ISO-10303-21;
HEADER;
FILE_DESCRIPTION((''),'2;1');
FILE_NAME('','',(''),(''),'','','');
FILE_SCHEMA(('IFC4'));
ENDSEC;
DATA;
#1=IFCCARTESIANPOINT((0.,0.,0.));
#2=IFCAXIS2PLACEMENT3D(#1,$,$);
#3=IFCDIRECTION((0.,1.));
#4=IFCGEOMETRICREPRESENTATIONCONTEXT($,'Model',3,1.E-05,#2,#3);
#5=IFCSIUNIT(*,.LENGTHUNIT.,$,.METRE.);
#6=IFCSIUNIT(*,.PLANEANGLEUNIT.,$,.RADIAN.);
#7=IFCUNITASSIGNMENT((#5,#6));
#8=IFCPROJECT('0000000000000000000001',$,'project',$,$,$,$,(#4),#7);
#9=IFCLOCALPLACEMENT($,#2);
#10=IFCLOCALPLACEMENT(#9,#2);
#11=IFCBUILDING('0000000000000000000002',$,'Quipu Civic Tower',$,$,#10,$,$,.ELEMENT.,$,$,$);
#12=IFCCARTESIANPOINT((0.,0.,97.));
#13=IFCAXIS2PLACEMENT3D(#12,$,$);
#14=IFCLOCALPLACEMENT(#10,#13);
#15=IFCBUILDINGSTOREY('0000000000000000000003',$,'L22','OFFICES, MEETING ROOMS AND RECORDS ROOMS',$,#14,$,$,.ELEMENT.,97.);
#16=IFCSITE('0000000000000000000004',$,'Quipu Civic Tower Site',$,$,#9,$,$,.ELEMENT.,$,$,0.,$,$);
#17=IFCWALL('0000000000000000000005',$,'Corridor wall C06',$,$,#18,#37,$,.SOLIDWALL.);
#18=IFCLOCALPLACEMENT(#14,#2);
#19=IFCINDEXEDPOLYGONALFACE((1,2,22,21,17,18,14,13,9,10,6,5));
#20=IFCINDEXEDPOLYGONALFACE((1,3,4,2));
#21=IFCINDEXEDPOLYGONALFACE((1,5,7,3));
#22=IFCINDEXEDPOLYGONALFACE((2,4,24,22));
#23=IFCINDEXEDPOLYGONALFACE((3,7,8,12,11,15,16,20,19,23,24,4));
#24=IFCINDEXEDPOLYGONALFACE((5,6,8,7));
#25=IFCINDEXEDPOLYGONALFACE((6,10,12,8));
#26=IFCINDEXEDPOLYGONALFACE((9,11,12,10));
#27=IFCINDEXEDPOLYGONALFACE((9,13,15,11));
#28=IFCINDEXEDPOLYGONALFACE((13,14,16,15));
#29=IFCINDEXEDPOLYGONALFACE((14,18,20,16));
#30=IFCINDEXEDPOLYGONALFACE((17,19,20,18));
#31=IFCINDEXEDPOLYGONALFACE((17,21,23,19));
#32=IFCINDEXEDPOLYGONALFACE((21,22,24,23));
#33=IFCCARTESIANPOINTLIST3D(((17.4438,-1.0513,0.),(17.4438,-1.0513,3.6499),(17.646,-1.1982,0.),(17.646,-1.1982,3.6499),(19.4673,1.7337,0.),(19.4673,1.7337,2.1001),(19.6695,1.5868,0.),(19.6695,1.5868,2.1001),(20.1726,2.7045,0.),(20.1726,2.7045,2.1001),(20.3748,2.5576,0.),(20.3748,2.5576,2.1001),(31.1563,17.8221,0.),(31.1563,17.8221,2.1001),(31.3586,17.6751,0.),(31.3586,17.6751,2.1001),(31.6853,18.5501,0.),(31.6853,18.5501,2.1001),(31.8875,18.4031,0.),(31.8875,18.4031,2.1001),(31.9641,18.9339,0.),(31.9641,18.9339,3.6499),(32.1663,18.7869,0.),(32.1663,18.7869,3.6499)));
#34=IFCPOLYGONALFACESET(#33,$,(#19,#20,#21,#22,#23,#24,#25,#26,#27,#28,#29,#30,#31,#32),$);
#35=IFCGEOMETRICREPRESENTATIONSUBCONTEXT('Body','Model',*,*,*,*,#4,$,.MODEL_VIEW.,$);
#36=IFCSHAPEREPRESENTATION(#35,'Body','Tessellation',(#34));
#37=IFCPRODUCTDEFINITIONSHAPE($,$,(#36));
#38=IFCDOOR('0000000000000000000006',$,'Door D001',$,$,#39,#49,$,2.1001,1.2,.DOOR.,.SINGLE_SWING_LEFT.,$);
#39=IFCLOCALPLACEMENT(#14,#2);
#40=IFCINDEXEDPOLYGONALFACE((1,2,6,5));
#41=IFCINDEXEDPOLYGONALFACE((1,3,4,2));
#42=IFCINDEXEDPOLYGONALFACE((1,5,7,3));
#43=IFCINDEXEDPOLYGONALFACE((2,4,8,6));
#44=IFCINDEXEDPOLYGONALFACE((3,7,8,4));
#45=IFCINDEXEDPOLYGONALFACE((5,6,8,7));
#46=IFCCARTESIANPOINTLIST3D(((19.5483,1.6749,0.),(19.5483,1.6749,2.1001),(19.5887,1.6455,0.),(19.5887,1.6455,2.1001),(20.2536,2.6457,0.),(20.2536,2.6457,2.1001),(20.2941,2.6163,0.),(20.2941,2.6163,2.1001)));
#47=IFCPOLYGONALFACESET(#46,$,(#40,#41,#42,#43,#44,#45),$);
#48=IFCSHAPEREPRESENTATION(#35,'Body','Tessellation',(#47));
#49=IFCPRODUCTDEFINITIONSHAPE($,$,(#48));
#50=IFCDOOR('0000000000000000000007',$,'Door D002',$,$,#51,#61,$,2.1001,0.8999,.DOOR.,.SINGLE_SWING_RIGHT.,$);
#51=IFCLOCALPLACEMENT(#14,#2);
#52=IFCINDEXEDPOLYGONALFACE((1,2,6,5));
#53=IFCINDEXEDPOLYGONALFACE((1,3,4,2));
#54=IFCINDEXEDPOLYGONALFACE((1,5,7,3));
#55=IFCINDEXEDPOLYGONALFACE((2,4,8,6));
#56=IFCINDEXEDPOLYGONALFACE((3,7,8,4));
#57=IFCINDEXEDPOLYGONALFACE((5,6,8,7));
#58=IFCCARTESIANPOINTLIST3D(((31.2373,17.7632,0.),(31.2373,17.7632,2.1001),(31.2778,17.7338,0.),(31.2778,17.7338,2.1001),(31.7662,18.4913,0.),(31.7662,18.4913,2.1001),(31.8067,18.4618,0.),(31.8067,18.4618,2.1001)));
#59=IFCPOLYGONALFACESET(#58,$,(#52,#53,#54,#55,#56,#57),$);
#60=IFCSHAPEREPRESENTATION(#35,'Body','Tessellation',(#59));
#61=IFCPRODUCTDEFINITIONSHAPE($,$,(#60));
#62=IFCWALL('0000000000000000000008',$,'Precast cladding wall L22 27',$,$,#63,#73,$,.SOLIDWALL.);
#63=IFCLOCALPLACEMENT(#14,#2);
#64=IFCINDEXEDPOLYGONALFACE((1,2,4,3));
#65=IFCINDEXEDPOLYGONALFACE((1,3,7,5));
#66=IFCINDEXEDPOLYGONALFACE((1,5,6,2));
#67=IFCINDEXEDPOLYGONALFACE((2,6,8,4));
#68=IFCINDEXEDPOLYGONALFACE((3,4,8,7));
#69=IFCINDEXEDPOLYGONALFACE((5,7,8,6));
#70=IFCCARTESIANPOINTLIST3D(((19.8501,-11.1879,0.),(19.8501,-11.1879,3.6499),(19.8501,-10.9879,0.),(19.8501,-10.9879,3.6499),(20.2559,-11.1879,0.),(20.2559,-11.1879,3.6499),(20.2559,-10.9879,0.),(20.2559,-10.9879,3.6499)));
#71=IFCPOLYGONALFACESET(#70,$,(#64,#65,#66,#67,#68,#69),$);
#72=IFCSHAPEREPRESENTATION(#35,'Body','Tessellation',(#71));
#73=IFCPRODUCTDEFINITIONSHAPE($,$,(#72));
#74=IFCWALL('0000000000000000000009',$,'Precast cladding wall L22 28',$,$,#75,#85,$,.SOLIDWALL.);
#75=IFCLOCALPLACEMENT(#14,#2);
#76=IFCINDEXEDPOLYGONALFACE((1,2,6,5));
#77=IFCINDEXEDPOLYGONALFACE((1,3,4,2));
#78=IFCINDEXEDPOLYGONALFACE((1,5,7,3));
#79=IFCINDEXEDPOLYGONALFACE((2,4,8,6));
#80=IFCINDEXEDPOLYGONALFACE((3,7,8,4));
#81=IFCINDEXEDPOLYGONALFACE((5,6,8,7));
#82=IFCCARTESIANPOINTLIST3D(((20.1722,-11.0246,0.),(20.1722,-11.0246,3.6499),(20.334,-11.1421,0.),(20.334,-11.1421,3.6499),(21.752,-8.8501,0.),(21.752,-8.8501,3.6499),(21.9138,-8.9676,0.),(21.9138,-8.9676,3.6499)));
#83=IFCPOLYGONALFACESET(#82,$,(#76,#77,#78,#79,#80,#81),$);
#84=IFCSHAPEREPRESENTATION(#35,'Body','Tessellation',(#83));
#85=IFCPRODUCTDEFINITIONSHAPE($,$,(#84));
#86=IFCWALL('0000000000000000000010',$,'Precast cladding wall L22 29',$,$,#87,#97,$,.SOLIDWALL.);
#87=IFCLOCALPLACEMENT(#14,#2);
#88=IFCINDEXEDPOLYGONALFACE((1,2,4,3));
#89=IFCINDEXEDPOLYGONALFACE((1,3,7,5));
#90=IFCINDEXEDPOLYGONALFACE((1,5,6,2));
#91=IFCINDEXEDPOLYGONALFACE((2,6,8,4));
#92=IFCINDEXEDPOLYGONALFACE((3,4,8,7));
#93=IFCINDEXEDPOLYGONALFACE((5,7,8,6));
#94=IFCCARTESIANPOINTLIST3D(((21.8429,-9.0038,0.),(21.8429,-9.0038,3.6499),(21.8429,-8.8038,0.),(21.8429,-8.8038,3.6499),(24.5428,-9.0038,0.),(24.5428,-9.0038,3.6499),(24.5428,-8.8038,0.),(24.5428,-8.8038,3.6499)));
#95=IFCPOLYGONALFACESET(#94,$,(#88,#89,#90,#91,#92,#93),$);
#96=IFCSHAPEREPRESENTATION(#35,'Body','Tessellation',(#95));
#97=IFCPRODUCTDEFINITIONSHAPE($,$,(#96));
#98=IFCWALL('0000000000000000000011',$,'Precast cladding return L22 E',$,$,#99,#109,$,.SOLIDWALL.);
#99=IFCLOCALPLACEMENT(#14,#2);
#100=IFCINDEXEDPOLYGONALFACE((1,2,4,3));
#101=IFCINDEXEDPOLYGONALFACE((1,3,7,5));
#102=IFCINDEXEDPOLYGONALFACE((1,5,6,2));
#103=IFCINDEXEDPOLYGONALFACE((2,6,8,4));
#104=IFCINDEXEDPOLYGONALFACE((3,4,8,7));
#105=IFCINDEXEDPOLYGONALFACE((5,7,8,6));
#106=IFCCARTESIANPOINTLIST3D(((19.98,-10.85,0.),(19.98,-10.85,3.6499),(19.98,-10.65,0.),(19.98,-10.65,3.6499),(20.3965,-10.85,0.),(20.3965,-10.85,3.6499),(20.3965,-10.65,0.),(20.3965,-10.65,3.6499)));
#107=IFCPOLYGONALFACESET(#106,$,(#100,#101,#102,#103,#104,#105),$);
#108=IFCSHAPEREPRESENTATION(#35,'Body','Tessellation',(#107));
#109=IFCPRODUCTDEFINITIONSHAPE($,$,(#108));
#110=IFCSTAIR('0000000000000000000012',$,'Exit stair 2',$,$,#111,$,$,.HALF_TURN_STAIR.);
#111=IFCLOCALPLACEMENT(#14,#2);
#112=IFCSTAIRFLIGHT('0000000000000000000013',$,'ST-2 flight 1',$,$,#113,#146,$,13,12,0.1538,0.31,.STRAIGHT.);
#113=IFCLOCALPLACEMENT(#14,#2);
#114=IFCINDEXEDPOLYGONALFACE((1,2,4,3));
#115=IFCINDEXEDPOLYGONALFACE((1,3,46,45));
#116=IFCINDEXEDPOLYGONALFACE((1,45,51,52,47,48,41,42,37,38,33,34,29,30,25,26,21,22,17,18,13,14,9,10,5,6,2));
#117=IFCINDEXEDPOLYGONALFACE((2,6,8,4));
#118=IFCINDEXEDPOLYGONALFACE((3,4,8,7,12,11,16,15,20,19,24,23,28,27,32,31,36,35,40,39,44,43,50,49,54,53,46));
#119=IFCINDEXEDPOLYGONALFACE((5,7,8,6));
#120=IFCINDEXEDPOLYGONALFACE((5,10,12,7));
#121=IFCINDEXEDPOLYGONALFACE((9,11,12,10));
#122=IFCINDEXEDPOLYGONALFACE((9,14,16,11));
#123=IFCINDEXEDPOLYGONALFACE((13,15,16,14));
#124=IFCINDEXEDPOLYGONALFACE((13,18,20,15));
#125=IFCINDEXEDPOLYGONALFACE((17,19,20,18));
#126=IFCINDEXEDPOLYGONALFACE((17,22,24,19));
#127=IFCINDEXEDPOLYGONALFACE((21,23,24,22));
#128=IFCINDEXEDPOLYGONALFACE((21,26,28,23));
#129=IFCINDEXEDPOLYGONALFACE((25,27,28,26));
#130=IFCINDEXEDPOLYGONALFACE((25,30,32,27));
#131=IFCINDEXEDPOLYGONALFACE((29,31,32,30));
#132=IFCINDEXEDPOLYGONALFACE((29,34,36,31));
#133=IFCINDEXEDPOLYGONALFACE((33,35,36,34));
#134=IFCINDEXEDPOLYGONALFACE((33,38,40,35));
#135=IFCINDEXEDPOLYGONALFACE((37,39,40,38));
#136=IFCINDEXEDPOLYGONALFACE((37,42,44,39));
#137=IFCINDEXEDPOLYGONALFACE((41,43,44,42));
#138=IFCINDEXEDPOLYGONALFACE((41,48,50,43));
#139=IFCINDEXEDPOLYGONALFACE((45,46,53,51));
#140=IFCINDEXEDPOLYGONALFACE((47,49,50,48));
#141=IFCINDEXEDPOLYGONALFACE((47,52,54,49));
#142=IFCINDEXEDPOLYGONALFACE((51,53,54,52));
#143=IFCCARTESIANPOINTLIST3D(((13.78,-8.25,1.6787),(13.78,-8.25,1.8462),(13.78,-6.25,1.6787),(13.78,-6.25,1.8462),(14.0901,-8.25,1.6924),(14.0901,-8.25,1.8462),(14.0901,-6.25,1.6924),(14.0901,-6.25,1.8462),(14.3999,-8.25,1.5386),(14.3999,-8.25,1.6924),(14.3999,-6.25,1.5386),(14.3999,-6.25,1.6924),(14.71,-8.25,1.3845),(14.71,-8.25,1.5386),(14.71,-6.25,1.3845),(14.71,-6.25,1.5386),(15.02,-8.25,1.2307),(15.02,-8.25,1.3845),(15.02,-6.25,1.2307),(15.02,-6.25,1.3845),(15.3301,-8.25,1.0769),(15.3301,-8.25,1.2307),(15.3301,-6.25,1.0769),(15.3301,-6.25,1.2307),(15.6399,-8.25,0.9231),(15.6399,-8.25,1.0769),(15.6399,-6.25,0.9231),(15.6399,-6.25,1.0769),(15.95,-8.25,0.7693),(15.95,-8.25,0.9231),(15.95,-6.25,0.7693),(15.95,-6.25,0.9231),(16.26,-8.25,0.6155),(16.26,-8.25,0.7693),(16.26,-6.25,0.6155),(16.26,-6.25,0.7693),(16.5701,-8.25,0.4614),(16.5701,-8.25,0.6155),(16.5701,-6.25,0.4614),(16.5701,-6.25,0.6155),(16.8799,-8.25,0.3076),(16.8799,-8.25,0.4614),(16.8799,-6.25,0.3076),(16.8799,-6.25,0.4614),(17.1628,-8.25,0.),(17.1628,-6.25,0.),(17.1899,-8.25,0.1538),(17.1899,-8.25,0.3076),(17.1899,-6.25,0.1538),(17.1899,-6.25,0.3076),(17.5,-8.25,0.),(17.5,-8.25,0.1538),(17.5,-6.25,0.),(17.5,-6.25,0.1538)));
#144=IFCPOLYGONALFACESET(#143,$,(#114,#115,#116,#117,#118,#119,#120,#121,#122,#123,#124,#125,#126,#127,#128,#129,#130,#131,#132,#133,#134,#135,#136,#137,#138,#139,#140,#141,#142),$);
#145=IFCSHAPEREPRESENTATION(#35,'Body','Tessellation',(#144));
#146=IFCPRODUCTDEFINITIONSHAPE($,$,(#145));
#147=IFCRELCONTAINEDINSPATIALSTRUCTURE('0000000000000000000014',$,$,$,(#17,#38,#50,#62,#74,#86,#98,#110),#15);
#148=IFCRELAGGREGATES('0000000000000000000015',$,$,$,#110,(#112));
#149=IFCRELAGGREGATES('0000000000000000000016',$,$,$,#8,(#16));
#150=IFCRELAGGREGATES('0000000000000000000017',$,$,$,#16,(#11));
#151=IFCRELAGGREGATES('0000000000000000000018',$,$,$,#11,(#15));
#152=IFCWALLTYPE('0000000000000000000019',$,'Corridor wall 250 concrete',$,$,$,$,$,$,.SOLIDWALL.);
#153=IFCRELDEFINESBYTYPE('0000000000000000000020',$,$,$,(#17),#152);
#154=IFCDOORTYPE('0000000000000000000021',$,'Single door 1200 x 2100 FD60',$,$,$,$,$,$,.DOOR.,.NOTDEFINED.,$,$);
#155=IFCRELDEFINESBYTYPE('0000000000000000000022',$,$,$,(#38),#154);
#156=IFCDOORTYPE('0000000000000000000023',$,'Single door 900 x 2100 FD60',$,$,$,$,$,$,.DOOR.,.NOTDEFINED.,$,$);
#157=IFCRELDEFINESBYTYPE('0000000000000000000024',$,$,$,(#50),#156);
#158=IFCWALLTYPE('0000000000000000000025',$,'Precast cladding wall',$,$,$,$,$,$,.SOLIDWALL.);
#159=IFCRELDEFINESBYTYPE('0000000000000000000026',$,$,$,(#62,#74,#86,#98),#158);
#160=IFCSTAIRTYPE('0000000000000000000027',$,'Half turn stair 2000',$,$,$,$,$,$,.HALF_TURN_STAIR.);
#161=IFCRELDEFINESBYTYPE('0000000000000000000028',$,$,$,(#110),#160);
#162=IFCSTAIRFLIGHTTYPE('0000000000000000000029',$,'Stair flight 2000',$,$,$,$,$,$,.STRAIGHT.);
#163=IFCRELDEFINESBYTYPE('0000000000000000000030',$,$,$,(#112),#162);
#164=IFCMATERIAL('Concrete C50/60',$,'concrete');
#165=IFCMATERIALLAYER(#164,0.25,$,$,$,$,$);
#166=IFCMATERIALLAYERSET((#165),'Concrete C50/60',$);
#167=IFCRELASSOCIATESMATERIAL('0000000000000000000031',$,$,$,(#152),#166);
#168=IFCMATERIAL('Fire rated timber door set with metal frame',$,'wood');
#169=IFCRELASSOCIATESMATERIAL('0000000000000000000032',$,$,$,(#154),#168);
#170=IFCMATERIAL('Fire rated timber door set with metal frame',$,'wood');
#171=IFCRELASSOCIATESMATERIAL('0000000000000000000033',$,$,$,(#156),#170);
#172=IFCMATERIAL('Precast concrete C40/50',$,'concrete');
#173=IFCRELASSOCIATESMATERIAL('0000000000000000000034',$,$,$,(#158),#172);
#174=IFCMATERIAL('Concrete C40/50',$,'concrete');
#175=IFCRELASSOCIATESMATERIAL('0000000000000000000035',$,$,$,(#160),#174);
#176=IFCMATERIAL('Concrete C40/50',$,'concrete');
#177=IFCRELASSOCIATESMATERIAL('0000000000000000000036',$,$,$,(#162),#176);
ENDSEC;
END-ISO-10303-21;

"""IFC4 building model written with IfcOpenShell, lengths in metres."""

from ifc_helpers import new_model, si_unit, direction, frame, frame_2d, origin, place, context, subcontext, project, spatial, polyline, rectangle, outline, extrude, material, layer, layer_set, type_object, element, fill, aggregate, save


model = new_model("IFC4")

# Units and contexts
model_context = context("Model", 3, precision=1e-05, world=origin(), true_north=direction((0.0, 1.0)))
body_context = subcontext(model_context, "Body", "Model", "MODEL_VIEW")
ifc_project = project(units=[si_unit("LENGTHUNIT", "METRE"), si_unit("PLANEANGLEUNIT", "RADIAN")], contexts=[model_context])

# Site, building, storey
site_placement = place(None, origin())
site = spatial("IfcSite", under=ifc_project, at=site_placement, Name="Quipu Civic Tower Site", CompositionType="ELEMENT", RefElevation=0.0)
building_placement = place(site_placement, origin())
building = spatial("IfcBuilding", under=site, at=building_placement, Name="Quipu Civic Tower", CompositionType="ELEMENT")
storey_placement = place(building_placement, frame((0.0, 0.0, 97.0)))
storey = spatial("IfcBuildingStorey", under=building, at=storey_placement, Name="L22", Description="OFFICES, MEETING ROOMS AND RECORDS ROOMS", CompositionType="ELEMENT", Elevation=97.0)

# Wall, openings, doors
ifc_material_1 = material(Name="Concrete C50/60", Category="concrete")
ifc_layer_1 = layer(ifc_material_1, 0.25)
ifc_layer_set_1 = layer_set([ifc_layer_1], Name="Concrete C50/60")
wall_type_1 = type_object("IfcWallType", Name="Corridor wall 250 concrete", PredefinedType="SOLIDWALL", material=ifc_layer_set_1)
wall_1_placement = place(storey_placement, frame((17.5449, -1.1248, 0.0), z_axis=(0.0, 0.0, 1.0), x_axis=(0.587791, 0.809013, 0.0)))
wall_1 = element("IfcWall", 1, at=wall_1_placement, inside=storey, type_object=wall_type_1, Name="Corridor wall C06", PredefinedType="SOLIDWALL", context=body_context, shape_type="SweptSolid", body=[
    extrude(rectangle(XDim=24.7031, YDim=0.25, at=frame_2d((12.3516, 0.0))), origin(), (0.0, 0.0, 1.0), 3.6499),
])
opening_1_placement = place(wall_1_placement, frame((3.4424, 0.0, 0.0)))
opening_1 = element("IfcOpeningElement", 2, at=opening_1_placement, cuts=wall_1, PredefinedType="OPENING", context=body_context, shape_type="SweptSolid", body=[
    extrude(rectangle(XDim=1.2, YDim=2.1001, at=frame_2d((0.6001, 1.05))), frame((0.0, 0.135, 0.0), z_axis=(0.0, -1.0, 0.0), x_axis=(1.0, 0.0, 0.0)), (0.0, 0.0, 1.0), 0.27),
])
opening_2_placement = place(wall_1_placement, frame((23.3289, 0.0, 0.0)))
opening_2 = element("IfcOpeningElement", 3, at=opening_2_placement, cuts=wall_1, PredefinedType="OPENING", context=body_context, shape_type="SweptSolid", body=[
    extrude(rectangle(XDim=0.8999, YDim=2.1001, at=frame_2d((0.45, 1.05))), frame((0.0, 0.135, 0.0), z_axis=(0.0, -1.0, 0.0), x_axis=(1.0, 0.0, 0.0)), (0.0, 0.0, 1.0), 0.27),
])
ifc_material_2 = material(Name="Fire rated timber door set with metal frame", Category="wood")
door_type_1 = type_object("IfcDoorType", Name="Single door 1200 x 2100 FD60", OperationType="NOTDEFINED", PredefinedType="DOOR", material=ifc_material_2)
door_1_placement = place(opening_1_placement, origin())
door_1 = element("IfcDoor", 4, at=door_1_placement, inside=storey, type_object=door_type_1, Name="Door D001", OperationType="SINGLE_SWING_LEFT", OverallHeight=2.1001, OverallWidth=1.2, PredefinedType="DOOR", context=body_context, shape_type="SweptSolid", body=[
    extrude(rectangle(XDim=1.2, YDim=2.1001, at=frame_2d((0.6001, 1.05))), frame((0.0, 0.0249, 0.0), z_axis=(0.0, -1.0, 0.0), x_axis=(1.0, 0.0, 0.0)), (0.0, 0.0, 1.0), 0.05),
])
fill(opening_1, door_1)
ifc_material_3 = material(Name="Fire rated timber door set with metal frame", Category="wood")
door_type_2 = type_object("IfcDoorType", Name="Single door 900 x 2100 FD60", OperationType="NOTDEFINED", PredefinedType="DOOR", material=ifc_material_3)
door_2_placement = place(opening_2_placement, origin())
door_2 = element("IfcDoor", 5, at=door_2_placement, inside=storey, type_object=door_type_2, Name="Door D002", OperationType="SINGLE_SWING_RIGHT", OverallHeight=2.1001, OverallWidth=0.8999, PredefinedType="DOOR", context=body_context, shape_type="SweptSolid", body=[
    extrude(rectangle(XDim=0.8999, YDim=2.1001, at=frame_2d((0.45, 1.05))), frame((0.0, 0.0249, 0.0), z_axis=(0.0, -1.0, 0.0), x_axis=(1.0, 0.0, 0.0)), (0.0, 0.0, 1.0), 0.05),
])
fill(opening_2, door_2)

# Walls
ifc_material_4 = material(Name="Precast concrete C40/50", Category="concrete")
wall_type_2 = type_object("IfcWallType", Name="Precast cladding wall", PredefinedType="SOLIDWALL", material=ifc_material_4)
wall_2_placement = place(storey_placement, frame((19.8501, -11.0879, 0.0), z_axis=(0.0, 0.0, 1.0), x_axis=(1.0, 0.0, 0.0)))
element("IfcWall", 6, at=wall_2_placement, inside=storey, type_object=wall_type_2, Name="Precast cladding wall L22 27", PredefinedType="SOLIDWALL", context=body_context, shape_type="SweptSolid", body=[
    extrude(rectangle(XDim=0.4058, YDim=0.2, at=frame_2d((0.2029, 0.0))), origin(), (0.0, 0.0, 1.0), 3.6499),
])
wall_3_placement = place(storey_placement, frame((20.2532, -11.0833, 0.0), z_axis=(0.0, 0.0, 1.0), x_axis=(0.587767, 0.809031, 0.0)))
element("IfcWall", 7, at=wall_3_placement, inside=storey, type_object=wall_type_2, Name="Precast cladding wall L22 28", PredefinedType="SOLIDWALL", context=body_context, shape_type="SweptSolid", body=[
    extrude(rectangle(XDim=2.6877, YDim=0.2, at=frame_2d((1.3438, 0.0))), origin(), (0.0, 0.0, 1.0), 3.6499),
])
wall_4_placement = place(storey_placement, frame((21.8428, -8.9038, 0.0), z_axis=(0.0, 0.0, 1.0), x_axis=(1.0, 0.0, 0.0)))
element("IfcWall", 8, at=wall_4_placement, inside=storey, type_object=wall_type_2, Name="Precast cladding wall L22 29", PredefinedType="SOLIDWALL", context=body_context, shape_type="SweptSolid", body=[
    extrude(rectangle(XDim=2.7, YDim=0.2, at=frame_2d((1.3501, 0.0))), origin(), (0.0, 0.0, 1.0), 3.6499),
])
wall_5_placement = place(storey_placement, frame((19.98, -10.75, 0.0), z_axis=(0.0, 0.0, 1.0), x_axis=(1.0, 0.0, 0.0)))
element("IfcWall", 9, at=wall_5_placement, inside=storey, type_object=wall_type_2, Name="Precast cladding return L22 E", PredefinedType="SOLIDWALL", context=body_context, shape_type="SweptSolid", body=[
    extrude(rectangle(XDim=0.4165, YDim=0.2, at=frame_2d((0.2083, 0.0))), origin(), (0.0, 0.0, 1.0), 3.6499),
])

# Stair, stair flight
ifc_material_5 = material(Name="Concrete C40/50", Category="concrete")
stair_type = type_object("IfcStairType", Name="Half turn stair 2000", PredefinedType="HALF_TURN_STAIR", material=ifc_material_5)
stair_placement = place(storey_placement, origin())
stair = element("IfcStair", 10, at=stair_placement, inside=storey, type_object=stair_type, Name="Exit stair 2", PredefinedType="HALF_TURN_STAIR")
ifc_material_6 = material(Name="Concrete C40/50", Category="concrete")
stair_flight_type = type_object("IfcStairFlightType", Name="Stair flight 2000", PredefinedType="STRAIGHT", material=ifc_material_6)
stair_flight_placement = place(storey_placement, frame((17.5, -7.25, 0.0), z_axis=(0.0, 0.0, 1.0), x_axis=(-1.0, 0.0, 0.0)))
stair_flight = element("IfcStairFlight", 11, at=stair_flight_placement, type_object=stair_flight_type, Name="ST-2 flight 1", NumberOfRisers=13, NumberOfTreads=12, PredefinedType="STRAIGHT", RiserHeight=0.1538, TreadLength=0.31, context=body_context, shape_type="SweptSolid", body=[
    extrude(outline(polyline([(0.0, 0.0), (0.0, 0.1538), (0.3101, 0.1538), (0.3101, 0.3076), (0.6201, 0.3076), (0.6201, 0.4614), (0.9299, 0.4614), (0.9299, 0.6155), (1.24, 0.6155), (1.24, 0.7693), (1.55, 0.7693), (1.55, 0.9231), (1.8601, 0.9231), (1.8601, 1.0769), (2.1699, 1.0769), (2.1699, 1.2307), (2.48, 1.2307), (2.48, 1.3845), (2.79, 1.3845), (2.79, 1.5386), (3.1001, 1.5386), (3.1001, 1.6924), (3.4099, 1.6924), (3.4099, 1.8462), (3.72, 1.8462), (3.72, 2.0), (3.72, 1.6787), (0.3372, 0.0), (0.0, 0.0)])), frame((0.0, 1.0, 0.0), z_axis=(0.0, -1.0, 0.0), x_axis=(1.0, 0.0, 0.0)), (0.0, 0.0, 1.0), 2.0),
])
aggregate(stair, [stair_flight])

save(model, "model.ifc")
